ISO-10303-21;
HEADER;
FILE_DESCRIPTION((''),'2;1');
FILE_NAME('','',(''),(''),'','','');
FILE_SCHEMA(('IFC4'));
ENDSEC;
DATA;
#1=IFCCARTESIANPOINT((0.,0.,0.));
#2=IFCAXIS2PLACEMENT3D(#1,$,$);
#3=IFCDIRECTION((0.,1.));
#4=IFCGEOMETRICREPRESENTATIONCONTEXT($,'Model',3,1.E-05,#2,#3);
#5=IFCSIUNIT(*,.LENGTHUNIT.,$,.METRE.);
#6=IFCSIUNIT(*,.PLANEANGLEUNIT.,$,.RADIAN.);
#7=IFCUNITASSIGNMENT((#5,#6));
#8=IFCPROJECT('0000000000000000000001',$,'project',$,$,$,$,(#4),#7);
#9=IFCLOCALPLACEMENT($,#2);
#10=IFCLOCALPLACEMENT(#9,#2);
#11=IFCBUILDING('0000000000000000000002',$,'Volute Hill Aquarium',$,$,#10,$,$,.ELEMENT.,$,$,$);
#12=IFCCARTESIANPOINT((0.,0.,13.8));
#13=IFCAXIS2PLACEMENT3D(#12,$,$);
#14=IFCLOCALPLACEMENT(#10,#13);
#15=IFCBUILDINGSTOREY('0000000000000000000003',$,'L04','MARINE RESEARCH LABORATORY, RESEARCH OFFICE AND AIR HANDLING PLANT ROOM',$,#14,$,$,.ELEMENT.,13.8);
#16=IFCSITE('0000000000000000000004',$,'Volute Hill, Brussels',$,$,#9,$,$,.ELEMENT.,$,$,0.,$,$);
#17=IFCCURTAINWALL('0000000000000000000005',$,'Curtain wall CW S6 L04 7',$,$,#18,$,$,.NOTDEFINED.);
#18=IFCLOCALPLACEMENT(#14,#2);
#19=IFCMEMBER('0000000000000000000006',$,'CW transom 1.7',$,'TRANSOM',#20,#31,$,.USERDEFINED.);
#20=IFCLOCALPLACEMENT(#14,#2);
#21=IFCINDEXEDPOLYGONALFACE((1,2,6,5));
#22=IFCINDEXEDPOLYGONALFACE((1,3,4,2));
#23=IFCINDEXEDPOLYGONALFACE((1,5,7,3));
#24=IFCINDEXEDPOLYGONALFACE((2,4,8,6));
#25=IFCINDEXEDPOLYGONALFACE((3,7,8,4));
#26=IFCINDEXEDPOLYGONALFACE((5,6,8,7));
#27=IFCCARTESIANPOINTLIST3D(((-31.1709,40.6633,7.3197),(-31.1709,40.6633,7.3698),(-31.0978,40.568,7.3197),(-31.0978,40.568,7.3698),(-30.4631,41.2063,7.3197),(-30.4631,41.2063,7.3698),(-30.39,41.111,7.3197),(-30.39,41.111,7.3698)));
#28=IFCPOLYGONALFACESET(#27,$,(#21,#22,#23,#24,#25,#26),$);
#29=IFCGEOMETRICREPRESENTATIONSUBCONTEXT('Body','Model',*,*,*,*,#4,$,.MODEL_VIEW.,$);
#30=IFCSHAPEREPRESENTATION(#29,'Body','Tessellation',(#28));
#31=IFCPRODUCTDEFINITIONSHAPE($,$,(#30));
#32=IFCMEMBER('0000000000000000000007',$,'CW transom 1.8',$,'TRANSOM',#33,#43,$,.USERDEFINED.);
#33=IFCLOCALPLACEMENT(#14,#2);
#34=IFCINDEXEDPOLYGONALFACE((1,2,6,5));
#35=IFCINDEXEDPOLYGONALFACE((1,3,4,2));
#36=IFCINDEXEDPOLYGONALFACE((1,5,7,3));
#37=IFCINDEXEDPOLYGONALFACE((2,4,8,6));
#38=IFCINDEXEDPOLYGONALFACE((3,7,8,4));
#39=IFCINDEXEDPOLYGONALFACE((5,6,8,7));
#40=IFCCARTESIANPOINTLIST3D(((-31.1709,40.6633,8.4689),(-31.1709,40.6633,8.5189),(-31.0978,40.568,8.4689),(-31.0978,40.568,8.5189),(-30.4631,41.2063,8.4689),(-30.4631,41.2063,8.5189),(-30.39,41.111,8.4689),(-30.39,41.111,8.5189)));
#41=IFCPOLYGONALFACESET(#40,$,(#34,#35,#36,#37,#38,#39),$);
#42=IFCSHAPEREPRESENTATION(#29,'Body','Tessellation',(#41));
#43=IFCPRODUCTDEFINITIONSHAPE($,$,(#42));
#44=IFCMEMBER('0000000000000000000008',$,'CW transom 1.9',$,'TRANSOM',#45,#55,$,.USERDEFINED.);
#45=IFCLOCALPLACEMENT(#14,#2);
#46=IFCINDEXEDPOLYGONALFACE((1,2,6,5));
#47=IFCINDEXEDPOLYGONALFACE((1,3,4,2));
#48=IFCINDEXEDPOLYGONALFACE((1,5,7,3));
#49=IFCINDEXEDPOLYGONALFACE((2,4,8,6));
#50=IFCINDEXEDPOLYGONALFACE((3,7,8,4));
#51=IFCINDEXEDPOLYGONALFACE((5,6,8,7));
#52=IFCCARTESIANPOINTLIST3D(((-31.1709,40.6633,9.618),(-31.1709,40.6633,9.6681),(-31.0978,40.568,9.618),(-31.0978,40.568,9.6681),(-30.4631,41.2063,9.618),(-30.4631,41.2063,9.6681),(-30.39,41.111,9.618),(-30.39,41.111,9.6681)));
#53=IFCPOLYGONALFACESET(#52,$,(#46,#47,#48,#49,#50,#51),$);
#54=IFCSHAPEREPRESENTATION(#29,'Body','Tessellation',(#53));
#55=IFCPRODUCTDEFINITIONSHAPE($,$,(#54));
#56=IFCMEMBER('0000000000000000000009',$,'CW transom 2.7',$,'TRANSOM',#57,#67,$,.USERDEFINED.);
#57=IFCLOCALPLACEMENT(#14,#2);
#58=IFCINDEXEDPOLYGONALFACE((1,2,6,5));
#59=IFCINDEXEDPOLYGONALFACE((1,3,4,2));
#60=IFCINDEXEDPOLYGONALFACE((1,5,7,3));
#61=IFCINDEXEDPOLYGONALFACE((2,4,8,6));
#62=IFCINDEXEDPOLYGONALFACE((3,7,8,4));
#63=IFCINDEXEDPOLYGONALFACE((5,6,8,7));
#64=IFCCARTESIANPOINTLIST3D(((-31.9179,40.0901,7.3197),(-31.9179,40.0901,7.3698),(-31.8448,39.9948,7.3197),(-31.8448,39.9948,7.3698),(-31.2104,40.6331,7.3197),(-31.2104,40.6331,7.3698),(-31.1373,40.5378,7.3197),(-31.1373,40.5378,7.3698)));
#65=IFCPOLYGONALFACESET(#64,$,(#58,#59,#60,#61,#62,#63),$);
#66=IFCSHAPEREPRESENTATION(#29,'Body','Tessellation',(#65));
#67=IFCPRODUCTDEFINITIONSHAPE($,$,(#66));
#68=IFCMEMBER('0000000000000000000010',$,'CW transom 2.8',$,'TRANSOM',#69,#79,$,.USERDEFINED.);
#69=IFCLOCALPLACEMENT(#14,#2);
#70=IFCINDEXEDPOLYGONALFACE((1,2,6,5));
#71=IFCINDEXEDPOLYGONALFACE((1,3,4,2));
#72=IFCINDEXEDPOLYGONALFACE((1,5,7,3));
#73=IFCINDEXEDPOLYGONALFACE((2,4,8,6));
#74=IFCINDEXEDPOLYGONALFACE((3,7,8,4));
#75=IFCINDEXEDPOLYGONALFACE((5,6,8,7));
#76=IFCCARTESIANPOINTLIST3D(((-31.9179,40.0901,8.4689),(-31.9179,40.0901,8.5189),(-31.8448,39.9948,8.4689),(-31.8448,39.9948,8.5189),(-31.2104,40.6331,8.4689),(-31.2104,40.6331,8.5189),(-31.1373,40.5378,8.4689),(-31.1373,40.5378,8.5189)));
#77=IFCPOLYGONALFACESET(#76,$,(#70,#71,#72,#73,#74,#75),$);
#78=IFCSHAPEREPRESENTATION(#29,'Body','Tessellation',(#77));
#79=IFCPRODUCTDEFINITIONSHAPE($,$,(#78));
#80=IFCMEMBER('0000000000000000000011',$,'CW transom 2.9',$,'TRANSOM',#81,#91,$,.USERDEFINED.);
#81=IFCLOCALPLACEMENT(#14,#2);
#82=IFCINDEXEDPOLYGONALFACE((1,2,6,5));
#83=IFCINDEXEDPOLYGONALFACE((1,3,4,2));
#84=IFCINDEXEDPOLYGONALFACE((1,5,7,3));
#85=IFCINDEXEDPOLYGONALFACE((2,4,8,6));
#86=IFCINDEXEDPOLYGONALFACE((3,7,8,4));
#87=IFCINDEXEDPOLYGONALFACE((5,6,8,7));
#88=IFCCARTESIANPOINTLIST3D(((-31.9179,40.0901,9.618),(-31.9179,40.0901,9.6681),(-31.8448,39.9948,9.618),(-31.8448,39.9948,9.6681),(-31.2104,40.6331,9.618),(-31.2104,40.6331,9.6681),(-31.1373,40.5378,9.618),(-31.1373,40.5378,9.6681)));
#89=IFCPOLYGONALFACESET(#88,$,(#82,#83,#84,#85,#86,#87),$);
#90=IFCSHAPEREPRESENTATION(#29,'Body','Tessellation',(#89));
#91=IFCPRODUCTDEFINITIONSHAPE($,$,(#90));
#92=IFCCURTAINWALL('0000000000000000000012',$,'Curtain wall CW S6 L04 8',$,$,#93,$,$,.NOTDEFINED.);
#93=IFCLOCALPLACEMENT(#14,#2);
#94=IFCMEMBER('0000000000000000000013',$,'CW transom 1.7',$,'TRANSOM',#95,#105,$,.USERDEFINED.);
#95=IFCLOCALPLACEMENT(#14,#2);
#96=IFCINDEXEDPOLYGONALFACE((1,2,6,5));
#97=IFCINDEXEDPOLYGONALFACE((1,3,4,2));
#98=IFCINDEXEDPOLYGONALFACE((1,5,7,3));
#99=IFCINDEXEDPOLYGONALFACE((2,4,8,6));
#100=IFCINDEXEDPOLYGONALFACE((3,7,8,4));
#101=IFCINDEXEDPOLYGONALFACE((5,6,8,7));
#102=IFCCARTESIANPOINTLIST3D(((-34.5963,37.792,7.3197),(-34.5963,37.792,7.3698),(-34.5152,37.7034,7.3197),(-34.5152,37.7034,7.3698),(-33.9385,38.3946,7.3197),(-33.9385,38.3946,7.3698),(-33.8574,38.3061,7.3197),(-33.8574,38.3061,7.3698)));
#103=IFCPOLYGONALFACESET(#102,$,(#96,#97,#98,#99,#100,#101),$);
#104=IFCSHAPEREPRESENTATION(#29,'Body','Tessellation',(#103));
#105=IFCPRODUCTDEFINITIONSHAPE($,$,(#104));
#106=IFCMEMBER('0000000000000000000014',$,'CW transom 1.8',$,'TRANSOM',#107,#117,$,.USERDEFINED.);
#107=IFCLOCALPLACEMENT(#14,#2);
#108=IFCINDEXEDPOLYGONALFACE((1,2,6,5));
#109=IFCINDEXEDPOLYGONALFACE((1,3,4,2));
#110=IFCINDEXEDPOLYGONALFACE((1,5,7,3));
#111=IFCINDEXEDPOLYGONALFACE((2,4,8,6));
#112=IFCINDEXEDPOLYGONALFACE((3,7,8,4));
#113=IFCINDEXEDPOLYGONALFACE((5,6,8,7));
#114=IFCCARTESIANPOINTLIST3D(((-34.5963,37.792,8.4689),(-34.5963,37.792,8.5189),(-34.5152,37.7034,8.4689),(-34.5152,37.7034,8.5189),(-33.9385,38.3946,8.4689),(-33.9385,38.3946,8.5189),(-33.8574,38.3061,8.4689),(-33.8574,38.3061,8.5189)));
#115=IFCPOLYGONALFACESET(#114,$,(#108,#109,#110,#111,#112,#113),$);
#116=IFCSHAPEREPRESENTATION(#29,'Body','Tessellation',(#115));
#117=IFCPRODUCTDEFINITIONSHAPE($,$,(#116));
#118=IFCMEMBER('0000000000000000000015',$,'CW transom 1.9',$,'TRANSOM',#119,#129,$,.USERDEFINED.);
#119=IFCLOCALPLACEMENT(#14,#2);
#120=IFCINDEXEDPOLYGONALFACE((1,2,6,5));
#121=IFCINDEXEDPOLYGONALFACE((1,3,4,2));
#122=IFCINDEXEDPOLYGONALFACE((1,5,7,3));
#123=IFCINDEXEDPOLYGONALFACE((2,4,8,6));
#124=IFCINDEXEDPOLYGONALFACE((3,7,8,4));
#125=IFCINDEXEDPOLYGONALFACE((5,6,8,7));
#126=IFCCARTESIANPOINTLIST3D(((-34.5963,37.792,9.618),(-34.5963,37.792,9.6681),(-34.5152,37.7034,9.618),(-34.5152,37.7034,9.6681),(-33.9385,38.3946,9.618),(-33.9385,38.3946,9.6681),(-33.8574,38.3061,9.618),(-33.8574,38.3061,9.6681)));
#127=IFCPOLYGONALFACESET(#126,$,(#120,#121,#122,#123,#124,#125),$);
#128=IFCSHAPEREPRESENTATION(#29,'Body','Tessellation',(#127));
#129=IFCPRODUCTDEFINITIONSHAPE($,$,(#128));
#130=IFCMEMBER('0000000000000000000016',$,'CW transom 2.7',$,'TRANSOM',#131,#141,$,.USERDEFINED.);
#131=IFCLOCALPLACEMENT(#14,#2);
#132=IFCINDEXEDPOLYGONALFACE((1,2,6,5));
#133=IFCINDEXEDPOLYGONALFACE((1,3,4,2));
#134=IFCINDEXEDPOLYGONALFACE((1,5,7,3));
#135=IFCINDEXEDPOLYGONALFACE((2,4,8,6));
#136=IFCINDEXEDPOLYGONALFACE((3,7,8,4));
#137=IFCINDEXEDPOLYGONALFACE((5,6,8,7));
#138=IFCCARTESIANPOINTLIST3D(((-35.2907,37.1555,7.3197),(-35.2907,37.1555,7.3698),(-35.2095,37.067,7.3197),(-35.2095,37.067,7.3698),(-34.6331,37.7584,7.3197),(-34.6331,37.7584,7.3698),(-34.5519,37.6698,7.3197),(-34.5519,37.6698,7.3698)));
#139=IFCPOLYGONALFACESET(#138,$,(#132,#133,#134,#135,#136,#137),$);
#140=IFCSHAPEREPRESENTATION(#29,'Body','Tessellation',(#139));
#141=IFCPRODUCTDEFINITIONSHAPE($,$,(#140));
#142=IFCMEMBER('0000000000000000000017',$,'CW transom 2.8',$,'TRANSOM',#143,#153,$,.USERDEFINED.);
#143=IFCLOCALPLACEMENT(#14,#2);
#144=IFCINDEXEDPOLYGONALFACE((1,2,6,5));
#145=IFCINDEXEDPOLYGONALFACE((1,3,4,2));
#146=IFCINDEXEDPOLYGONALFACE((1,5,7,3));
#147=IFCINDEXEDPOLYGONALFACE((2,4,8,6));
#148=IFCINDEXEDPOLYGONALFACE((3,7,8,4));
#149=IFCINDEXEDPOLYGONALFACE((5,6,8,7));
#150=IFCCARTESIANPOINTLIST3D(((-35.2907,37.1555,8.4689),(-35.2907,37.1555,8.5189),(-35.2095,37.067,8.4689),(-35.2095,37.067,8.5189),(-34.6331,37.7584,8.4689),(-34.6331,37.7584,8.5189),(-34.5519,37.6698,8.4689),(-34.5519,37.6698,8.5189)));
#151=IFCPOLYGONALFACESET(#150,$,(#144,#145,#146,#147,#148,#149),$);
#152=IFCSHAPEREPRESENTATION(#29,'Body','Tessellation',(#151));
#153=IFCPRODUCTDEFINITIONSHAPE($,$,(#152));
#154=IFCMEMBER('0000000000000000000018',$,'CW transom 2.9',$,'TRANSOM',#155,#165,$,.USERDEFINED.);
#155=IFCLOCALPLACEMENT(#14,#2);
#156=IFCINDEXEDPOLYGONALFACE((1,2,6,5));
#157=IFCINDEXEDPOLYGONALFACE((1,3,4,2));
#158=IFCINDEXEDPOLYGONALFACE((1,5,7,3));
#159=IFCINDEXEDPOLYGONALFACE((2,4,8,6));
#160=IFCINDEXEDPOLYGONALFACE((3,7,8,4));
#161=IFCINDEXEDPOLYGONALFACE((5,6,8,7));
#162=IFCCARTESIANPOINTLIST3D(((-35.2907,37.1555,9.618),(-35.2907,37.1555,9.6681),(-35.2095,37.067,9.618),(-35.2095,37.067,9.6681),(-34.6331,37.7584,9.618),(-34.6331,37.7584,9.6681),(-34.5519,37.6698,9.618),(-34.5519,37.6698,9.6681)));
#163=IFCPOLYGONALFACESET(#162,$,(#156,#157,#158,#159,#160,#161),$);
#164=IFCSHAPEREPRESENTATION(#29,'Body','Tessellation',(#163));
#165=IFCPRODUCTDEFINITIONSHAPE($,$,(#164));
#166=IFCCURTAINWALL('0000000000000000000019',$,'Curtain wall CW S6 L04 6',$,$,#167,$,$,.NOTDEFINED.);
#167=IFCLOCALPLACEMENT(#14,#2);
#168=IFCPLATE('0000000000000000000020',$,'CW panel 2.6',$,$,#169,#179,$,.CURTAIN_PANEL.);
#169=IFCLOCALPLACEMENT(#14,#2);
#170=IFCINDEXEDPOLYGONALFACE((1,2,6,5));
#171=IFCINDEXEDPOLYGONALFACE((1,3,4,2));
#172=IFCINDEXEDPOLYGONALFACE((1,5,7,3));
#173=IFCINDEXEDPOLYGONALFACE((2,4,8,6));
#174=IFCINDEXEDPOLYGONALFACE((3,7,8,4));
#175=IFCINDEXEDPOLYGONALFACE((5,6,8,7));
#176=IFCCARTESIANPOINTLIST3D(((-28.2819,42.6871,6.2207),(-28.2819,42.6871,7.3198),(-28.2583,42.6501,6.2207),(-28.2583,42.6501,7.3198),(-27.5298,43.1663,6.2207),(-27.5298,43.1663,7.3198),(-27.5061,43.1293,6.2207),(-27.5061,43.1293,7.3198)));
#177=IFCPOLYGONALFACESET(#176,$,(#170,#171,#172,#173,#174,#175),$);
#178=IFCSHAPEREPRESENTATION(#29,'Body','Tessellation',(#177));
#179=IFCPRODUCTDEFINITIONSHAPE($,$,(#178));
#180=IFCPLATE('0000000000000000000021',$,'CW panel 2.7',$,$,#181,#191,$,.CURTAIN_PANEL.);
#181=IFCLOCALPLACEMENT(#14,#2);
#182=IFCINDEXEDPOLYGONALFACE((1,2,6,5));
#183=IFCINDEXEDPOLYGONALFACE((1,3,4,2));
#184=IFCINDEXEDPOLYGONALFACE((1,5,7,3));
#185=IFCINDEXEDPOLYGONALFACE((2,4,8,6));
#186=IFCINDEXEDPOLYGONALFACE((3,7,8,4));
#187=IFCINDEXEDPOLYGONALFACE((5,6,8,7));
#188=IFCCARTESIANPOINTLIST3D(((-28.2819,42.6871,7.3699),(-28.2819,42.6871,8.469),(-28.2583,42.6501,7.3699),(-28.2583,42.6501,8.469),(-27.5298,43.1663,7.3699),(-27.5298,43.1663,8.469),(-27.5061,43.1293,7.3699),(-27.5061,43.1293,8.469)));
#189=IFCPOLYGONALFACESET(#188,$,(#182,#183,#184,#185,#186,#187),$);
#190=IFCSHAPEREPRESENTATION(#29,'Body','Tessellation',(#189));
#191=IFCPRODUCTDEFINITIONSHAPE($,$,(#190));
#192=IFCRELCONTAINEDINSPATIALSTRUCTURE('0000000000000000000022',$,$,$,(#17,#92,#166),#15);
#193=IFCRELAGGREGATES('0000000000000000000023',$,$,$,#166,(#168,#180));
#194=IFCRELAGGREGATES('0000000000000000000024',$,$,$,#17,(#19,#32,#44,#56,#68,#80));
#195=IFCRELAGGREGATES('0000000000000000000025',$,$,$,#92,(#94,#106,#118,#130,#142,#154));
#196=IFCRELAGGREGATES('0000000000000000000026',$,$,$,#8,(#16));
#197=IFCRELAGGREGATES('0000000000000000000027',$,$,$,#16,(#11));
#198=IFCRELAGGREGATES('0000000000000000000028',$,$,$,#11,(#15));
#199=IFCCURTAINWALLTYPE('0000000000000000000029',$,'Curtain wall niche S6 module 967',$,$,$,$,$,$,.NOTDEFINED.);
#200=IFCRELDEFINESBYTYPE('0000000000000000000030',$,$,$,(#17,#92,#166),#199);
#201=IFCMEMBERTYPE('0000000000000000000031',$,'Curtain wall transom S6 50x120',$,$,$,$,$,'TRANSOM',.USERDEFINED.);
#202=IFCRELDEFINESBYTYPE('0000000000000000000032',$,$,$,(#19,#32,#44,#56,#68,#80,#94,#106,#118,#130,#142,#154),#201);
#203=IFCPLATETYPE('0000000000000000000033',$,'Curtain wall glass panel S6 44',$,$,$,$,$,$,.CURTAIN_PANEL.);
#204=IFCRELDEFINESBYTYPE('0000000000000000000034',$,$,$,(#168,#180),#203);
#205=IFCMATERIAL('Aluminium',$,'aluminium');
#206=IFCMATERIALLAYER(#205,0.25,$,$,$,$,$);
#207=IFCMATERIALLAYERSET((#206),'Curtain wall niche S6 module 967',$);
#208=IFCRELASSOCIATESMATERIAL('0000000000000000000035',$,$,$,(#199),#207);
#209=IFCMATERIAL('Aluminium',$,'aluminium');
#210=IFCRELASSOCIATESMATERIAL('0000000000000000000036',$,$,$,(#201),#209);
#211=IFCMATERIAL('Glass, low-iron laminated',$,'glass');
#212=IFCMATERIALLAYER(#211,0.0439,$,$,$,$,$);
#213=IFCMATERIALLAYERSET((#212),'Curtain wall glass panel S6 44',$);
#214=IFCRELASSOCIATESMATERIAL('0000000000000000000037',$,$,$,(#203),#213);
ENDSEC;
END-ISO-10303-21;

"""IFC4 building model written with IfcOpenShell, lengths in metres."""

from ifc_helpers import new_model, si_unit, direction, frame, origin, origin_2d, place, context, subcontext, project, spatial, rectangle, extrude, material, layer, layer_set, material_profile, profile_set, type_object, element, aggregate, save


model = new_model("IFC4")

# Units and contexts
model_context = context("Model", 3, precision=1e-05, world=origin(), true_north=direction((0.0, 1.0)))
body_context = subcontext(model_context, "Body", "Model", "MODEL_VIEW")
ifc_project = project(units=[si_unit("LENGTHUNIT", "METRE"), si_unit("PLANEANGLEUNIT", "RADIAN")], contexts=[model_context])

# Site, building, storey
site_placement = place(None, origin())
site = spatial("IfcSite", under=ifc_project, at=site_placement, Name="Volute Hill, Brussels", CompositionType="ELEMENT", RefElevation=0.0)
building_placement = place(site_placement, origin())
building = spatial("IfcBuilding", under=site, at=building_placement, Name="Volute Hill Aquarium", CompositionType="ELEMENT")
storey_placement = place(building_placement, frame((0.0, 0.0, 13.8)))
storey = spatial("IfcBuildingStorey", under=building, at=storey_placement, Name="L04", Description="MARINE RESEARCH LABORATORY, RESEARCH OFFICE AND AIR HANDLING PLANT ROOM", CompositionType="ELEMENT", Elevation=13.8)

# Curtain walls, members
ifc_material_1 = material(Name="Aluminium", Category="aluminium")
ifc_layer_1 = layer(ifc_material_1, 0.25)
ifc_layer_set_1 = layer_set([ifc_layer_1], Name="Curtain wall niche S6 module 967")
curtain_wall_type = type_object("IfcCurtainWallType", Name="Curtain wall niche S6 module 967", PredefinedType="NOTDEFINED", material=ifc_layer_set_1)
curtain_wall_1_placement = place(storey_placement, origin())
curtain_wall_1 = element("IfcCurtainWall", 1, at=curtain_wall_1_placement, inside=storey, type_object=curtain_wall_type, Name="Curtain wall CW S6 L04 7", PredefinedType="NOTDEFINED")
ifc_material_2 = material(Name="Aluminium", Category="aluminium")
ifc_material_profile = material_profile(ifc_material_2, rectangle(XDim=0.1201, YDim=0.05, at=origin_2d()), Name="Curtain wall transom S6 50x120")
ifc_profile_set = profile_set([ifc_material_profile], Name="Aluminium")
member_type = type_object("IfcMemberType", Name="Curtain wall transom S6 50x120", ElementType="TRANSOM", PredefinedType="USERDEFINED", material=ifc_profile_set)
member_1_placement = place(storey_placement, frame((-30.4265, 41.1587, 7.3447), z_axis=(-0.793417, -0.608679, 0.0), x_axis=(0.608679, -0.793417, 0.0)))
member_1 = element("IfcMember", 2, at=member_1_placement, type_object=member_type, Name="CW transom 1.7", ObjectType="TRANSOM", PredefinedType="USERDEFINED", context=body_context, shape_type="SweptSolid", body=[
    extrude(rectangle(XDim=0.1201, YDim=0.05, at=origin_2d()), origin(), (0.0, 0.0, 1.0), 0.8921),
])
member_2_placement = place(storey_placement, frame((-30.4265, 41.1587, 8.4939), z_axis=(-0.793417, -0.608679, 0.0), x_axis=(0.608679, -0.793417, 0.0)))
member_2 = element("IfcMember", 3, at=member_2_placement, type_object=member_type, Name="CW transom 1.8", ObjectType="TRANSOM", PredefinedType="USERDEFINED", context=body_context, shape_type="SweptSolid", body=[
    extrude(rectangle(XDim=0.1201, YDim=0.05, at=origin_2d()), origin(), (0.0, 0.0, 1.0), 0.8921),
])
member_3_placement = place(storey_placement, frame((-30.4265, 41.1587, 9.6431), z_axis=(-0.793417, -0.608679, 0.0), x_axis=(0.608679, -0.793417, 0.0)))
member_3 = element("IfcMember", 4, at=member_3_placement, type_object=member_type, Name="CW transom 1.9", ObjectType="TRANSOM", PredefinedType="USERDEFINED", context=body_context, shape_type="SweptSolid", body=[
    extrude(rectangle(XDim=0.1201, YDim=0.05, at=origin_2d()), origin(), (0.0, 0.0, 1.0), 0.8921),
])
member_4_placement = place(storey_placement, frame((-31.1738, 40.5854, 7.3447), z_axis=(-0.793315, -0.608811, 0.0), x_axis=(0.608811, -0.793315, 0.0)))
member_4 = element("IfcMember", 5, at=member_4_placement, type_object=member_type, Name="CW transom 2.7", ObjectType="TRANSOM", PredefinedType="USERDEFINED", context=body_context, shape_type="SweptSolid", body=[
    extrude(rectangle(XDim=0.1201, YDim=0.05, at=origin_2d()), origin(), (0.0, 0.0, 1.0), 0.8918),
])
member_5_placement = place(storey_placement, frame((-31.1738, 40.5854, 8.4939), z_axis=(-0.793315, -0.608811, 0.0), x_axis=(0.608811, -0.793315, 0.0)))
member_5 = element("IfcMember", 6, at=member_5_placement, type_object=member_type, Name="CW transom 2.8", ObjectType="TRANSOM", PredefinedType="USERDEFINED", context=body_context, shape_type="SweptSolid", body=[
    extrude(rectangle(XDim=0.1201, YDim=0.05, at=origin_2d()), origin(), (0.0, 0.0, 1.0), 0.8918),
])
member_6_placement = place(storey_placement, frame((-31.1738, 40.5854, 9.6431), z_axis=(-0.793315, -0.608811, 0.0), x_axis=(0.608811, -0.793315, 0.0)))
member_6 = element("IfcMember", 7, at=member_6_placement, type_object=member_type, Name="CW transom 2.9", ObjectType="TRANSOM", PredefinedType="USERDEFINED", context=body_context, shape_type="SweptSolid", body=[
    extrude(rectangle(XDim=0.1201, YDim=0.05, at=origin_2d()), origin(), (0.0, 0.0, 1.0), 0.8918),
])
curtain_wall_2_placement = place(storey_placement, origin())
curtain_wall_2 = element("IfcCurtainWall", 8, at=curtain_wall_2_placement, inside=storey, type_object=curtain_wall_type, Name="Curtain wall CW S6 L04 8", PredefinedType="NOTDEFINED")
member_7_placement = place(storey_placement, frame((-33.8979, 38.3503, 7.3447), z_axis=(-0.737359, -0.675502, 0.0), x_axis=(0.675502, -0.737359, 0.0)))
member_7 = element("IfcMember", 9, at=member_7_placement, type_object=member_type, Name="CW transom 1.7", ObjectType="TRANSOM", PredefinedType="USERDEFINED", context=body_context, shape_type="SweptSolid", body=[
    extrude(rectangle(XDim=0.1201, YDim=0.05, at=origin_2d()), origin(), (0.0, 0.0, 1.0), 0.8921),
])
member_8_placement = place(storey_placement, frame((-33.8979, 38.3503, 8.4939), z_axis=(-0.737359, -0.675502, 0.0), x_axis=(0.675502, -0.737359, 0.0)))
member_8 = element("IfcMember", 10, at=member_8_placement, type_object=member_type, Name="CW transom 1.8", ObjectType="TRANSOM", PredefinedType="USERDEFINED", context=body_context, shape_type="SweptSolid", body=[
    extrude(rectangle(XDim=0.1201, YDim=0.05, at=origin_2d()), origin(), (0.0, 0.0, 1.0), 0.8921),
])
member_9_placement = place(storey_placement, frame((-33.8979, 38.3503, 9.6431), z_axis=(-0.737359, -0.675502, 0.0), x_axis=(0.675502, -0.737359, 0.0)))
member_9 = element("IfcMember", 11, at=member_9_placement, type_object=member_type, Name="CW transom 1.9", ObjectType="TRANSOM", PredefinedType="USERDEFINED", context=body_context, shape_type="SweptSolid", body=[
    extrude(rectangle(XDim=0.1201, YDim=0.05, at=origin_2d()), origin(), (0.0, 0.0, 1.0), 0.8921),
])
member_10_placement = place(storey_placement, frame((-34.5925, 37.7141, 7.3447), z_axis=(-0.737097, -0.675787, 0.0), x_axis=(0.675787, -0.737097, 0.0)))
member_10 = element("IfcMember", 12, at=member_10_placement, type_object=member_type, Name="CW transom 2.7", ObjectType="TRANSOM", PredefinedType="USERDEFINED", context=body_context, shape_type="SweptSolid", body=[
    extrude(rectangle(XDim=0.1201, YDim=0.05, at=origin_2d()), origin(), (0.0, 0.0, 1.0), 0.8921),
])
member_11_placement = place(storey_placement, frame((-34.5925, 37.7141, 8.4939), z_axis=(-0.737097, -0.675787, 0.0), x_axis=(0.675787, -0.737097, 0.0)))
member_11 = element("IfcMember", 13, at=member_11_placement, type_object=member_type, Name="CW transom 2.8", ObjectType="TRANSOM", PredefinedType="USERDEFINED", context=body_context, shape_type="SweptSolid", body=[
    extrude(rectangle(XDim=0.1201, YDim=0.05, at=origin_2d()), origin(), (0.0, 0.0, 1.0), 0.8921),
])
member_12_placement = place(storey_placement, frame((-34.5925, 37.7141, 9.6431), z_axis=(-0.737097, -0.675787, 0.0), x_axis=(0.675787, -0.737097, 0.0)))
member_12 = element("IfcMember", 14, at=member_12_placement, type_object=member_type, Name="CW transom 2.9", ObjectType="TRANSOM", PredefinedType="USERDEFINED", context=body_context, shape_type="SweptSolid", body=[
    extrude(rectangle(XDim=0.1201, YDim=0.05, at=origin_2d()), origin(), (0.0, 0.0, 1.0), 0.8921),
])

# Curtain wall, plates
curtain_wall_3_placement = place(storey_placement, origin())
curtain_wall_3 = element("IfcCurtainWall", 15, at=curtain_wall_3_placement, inside=storey, type_object=curtain_wall_type, Name="Curtain wall CW S6 L04 6", PredefinedType="NOTDEFINED")
ifc_material_3 = material(Name="Glass, low-iron laminated", Category="glass")
ifc_layer_2 = layer(ifc_material_3, 0.0439)
ifc_layer_set_2 = layer_set([ifc_layer_2], Name="Curtain wall glass panel S6 44")
plate_type = type_object("IfcPlateType", Name="Curtain wall glass panel S6 44", PredefinedType="CURTAIN_PANEL", material=ifc_layer_set_2)
plate_1_placement = place(storey_placement, frame((-27.894, 42.9082, 6.2207), z_axis=(0.0, 0.0, 1.0), x_axis=(-0.843395, -0.537295, 0.0)))
plate_1 = element("IfcPlate", 16, at=plate_1_placement, type_object=plate_type, Name="CW panel 2.6", PredefinedType="CURTAIN_PANEL", context=body_context, shape_type="SweptSolid", body=[
    extrude(rectangle(XDim=0.8918, YDim=0.0439, at=origin_2d()), origin(), (0.0, 0.0, 1.0), 1.0991),
])
plate_2_placement = place(storey_placement, frame((-27.894, 42.9082, 7.3699), z_axis=(0.0, 0.0, 1.0), x_axis=(-0.843395, -0.537295, 0.0)))
plate_2 = element("IfcPlate", 17, at=plate_2_placement, type_object=plate_type, Name="CW panel 2.7", PredefinedType="CURTAIN_PANEL", context=body_context, shape_type="SweptSolid", body=[
    extrude(rectangle(XDim=0.8918, YDim=0.0439, at=origin_2d()), origin(), (0.0, 0.0, 1.0), 1.0991),
])
aggregate(curtain_wall_3, [plate_1, plate_2])

aggregate(curtain_wall_1, [member_1, member_2, member_3, member_4, member_5, member_6])
aggregate(curtain_wall_2, [member_7, member_8, member_9, member_10, member_11, member_12])

save(model, "model.ifc")
